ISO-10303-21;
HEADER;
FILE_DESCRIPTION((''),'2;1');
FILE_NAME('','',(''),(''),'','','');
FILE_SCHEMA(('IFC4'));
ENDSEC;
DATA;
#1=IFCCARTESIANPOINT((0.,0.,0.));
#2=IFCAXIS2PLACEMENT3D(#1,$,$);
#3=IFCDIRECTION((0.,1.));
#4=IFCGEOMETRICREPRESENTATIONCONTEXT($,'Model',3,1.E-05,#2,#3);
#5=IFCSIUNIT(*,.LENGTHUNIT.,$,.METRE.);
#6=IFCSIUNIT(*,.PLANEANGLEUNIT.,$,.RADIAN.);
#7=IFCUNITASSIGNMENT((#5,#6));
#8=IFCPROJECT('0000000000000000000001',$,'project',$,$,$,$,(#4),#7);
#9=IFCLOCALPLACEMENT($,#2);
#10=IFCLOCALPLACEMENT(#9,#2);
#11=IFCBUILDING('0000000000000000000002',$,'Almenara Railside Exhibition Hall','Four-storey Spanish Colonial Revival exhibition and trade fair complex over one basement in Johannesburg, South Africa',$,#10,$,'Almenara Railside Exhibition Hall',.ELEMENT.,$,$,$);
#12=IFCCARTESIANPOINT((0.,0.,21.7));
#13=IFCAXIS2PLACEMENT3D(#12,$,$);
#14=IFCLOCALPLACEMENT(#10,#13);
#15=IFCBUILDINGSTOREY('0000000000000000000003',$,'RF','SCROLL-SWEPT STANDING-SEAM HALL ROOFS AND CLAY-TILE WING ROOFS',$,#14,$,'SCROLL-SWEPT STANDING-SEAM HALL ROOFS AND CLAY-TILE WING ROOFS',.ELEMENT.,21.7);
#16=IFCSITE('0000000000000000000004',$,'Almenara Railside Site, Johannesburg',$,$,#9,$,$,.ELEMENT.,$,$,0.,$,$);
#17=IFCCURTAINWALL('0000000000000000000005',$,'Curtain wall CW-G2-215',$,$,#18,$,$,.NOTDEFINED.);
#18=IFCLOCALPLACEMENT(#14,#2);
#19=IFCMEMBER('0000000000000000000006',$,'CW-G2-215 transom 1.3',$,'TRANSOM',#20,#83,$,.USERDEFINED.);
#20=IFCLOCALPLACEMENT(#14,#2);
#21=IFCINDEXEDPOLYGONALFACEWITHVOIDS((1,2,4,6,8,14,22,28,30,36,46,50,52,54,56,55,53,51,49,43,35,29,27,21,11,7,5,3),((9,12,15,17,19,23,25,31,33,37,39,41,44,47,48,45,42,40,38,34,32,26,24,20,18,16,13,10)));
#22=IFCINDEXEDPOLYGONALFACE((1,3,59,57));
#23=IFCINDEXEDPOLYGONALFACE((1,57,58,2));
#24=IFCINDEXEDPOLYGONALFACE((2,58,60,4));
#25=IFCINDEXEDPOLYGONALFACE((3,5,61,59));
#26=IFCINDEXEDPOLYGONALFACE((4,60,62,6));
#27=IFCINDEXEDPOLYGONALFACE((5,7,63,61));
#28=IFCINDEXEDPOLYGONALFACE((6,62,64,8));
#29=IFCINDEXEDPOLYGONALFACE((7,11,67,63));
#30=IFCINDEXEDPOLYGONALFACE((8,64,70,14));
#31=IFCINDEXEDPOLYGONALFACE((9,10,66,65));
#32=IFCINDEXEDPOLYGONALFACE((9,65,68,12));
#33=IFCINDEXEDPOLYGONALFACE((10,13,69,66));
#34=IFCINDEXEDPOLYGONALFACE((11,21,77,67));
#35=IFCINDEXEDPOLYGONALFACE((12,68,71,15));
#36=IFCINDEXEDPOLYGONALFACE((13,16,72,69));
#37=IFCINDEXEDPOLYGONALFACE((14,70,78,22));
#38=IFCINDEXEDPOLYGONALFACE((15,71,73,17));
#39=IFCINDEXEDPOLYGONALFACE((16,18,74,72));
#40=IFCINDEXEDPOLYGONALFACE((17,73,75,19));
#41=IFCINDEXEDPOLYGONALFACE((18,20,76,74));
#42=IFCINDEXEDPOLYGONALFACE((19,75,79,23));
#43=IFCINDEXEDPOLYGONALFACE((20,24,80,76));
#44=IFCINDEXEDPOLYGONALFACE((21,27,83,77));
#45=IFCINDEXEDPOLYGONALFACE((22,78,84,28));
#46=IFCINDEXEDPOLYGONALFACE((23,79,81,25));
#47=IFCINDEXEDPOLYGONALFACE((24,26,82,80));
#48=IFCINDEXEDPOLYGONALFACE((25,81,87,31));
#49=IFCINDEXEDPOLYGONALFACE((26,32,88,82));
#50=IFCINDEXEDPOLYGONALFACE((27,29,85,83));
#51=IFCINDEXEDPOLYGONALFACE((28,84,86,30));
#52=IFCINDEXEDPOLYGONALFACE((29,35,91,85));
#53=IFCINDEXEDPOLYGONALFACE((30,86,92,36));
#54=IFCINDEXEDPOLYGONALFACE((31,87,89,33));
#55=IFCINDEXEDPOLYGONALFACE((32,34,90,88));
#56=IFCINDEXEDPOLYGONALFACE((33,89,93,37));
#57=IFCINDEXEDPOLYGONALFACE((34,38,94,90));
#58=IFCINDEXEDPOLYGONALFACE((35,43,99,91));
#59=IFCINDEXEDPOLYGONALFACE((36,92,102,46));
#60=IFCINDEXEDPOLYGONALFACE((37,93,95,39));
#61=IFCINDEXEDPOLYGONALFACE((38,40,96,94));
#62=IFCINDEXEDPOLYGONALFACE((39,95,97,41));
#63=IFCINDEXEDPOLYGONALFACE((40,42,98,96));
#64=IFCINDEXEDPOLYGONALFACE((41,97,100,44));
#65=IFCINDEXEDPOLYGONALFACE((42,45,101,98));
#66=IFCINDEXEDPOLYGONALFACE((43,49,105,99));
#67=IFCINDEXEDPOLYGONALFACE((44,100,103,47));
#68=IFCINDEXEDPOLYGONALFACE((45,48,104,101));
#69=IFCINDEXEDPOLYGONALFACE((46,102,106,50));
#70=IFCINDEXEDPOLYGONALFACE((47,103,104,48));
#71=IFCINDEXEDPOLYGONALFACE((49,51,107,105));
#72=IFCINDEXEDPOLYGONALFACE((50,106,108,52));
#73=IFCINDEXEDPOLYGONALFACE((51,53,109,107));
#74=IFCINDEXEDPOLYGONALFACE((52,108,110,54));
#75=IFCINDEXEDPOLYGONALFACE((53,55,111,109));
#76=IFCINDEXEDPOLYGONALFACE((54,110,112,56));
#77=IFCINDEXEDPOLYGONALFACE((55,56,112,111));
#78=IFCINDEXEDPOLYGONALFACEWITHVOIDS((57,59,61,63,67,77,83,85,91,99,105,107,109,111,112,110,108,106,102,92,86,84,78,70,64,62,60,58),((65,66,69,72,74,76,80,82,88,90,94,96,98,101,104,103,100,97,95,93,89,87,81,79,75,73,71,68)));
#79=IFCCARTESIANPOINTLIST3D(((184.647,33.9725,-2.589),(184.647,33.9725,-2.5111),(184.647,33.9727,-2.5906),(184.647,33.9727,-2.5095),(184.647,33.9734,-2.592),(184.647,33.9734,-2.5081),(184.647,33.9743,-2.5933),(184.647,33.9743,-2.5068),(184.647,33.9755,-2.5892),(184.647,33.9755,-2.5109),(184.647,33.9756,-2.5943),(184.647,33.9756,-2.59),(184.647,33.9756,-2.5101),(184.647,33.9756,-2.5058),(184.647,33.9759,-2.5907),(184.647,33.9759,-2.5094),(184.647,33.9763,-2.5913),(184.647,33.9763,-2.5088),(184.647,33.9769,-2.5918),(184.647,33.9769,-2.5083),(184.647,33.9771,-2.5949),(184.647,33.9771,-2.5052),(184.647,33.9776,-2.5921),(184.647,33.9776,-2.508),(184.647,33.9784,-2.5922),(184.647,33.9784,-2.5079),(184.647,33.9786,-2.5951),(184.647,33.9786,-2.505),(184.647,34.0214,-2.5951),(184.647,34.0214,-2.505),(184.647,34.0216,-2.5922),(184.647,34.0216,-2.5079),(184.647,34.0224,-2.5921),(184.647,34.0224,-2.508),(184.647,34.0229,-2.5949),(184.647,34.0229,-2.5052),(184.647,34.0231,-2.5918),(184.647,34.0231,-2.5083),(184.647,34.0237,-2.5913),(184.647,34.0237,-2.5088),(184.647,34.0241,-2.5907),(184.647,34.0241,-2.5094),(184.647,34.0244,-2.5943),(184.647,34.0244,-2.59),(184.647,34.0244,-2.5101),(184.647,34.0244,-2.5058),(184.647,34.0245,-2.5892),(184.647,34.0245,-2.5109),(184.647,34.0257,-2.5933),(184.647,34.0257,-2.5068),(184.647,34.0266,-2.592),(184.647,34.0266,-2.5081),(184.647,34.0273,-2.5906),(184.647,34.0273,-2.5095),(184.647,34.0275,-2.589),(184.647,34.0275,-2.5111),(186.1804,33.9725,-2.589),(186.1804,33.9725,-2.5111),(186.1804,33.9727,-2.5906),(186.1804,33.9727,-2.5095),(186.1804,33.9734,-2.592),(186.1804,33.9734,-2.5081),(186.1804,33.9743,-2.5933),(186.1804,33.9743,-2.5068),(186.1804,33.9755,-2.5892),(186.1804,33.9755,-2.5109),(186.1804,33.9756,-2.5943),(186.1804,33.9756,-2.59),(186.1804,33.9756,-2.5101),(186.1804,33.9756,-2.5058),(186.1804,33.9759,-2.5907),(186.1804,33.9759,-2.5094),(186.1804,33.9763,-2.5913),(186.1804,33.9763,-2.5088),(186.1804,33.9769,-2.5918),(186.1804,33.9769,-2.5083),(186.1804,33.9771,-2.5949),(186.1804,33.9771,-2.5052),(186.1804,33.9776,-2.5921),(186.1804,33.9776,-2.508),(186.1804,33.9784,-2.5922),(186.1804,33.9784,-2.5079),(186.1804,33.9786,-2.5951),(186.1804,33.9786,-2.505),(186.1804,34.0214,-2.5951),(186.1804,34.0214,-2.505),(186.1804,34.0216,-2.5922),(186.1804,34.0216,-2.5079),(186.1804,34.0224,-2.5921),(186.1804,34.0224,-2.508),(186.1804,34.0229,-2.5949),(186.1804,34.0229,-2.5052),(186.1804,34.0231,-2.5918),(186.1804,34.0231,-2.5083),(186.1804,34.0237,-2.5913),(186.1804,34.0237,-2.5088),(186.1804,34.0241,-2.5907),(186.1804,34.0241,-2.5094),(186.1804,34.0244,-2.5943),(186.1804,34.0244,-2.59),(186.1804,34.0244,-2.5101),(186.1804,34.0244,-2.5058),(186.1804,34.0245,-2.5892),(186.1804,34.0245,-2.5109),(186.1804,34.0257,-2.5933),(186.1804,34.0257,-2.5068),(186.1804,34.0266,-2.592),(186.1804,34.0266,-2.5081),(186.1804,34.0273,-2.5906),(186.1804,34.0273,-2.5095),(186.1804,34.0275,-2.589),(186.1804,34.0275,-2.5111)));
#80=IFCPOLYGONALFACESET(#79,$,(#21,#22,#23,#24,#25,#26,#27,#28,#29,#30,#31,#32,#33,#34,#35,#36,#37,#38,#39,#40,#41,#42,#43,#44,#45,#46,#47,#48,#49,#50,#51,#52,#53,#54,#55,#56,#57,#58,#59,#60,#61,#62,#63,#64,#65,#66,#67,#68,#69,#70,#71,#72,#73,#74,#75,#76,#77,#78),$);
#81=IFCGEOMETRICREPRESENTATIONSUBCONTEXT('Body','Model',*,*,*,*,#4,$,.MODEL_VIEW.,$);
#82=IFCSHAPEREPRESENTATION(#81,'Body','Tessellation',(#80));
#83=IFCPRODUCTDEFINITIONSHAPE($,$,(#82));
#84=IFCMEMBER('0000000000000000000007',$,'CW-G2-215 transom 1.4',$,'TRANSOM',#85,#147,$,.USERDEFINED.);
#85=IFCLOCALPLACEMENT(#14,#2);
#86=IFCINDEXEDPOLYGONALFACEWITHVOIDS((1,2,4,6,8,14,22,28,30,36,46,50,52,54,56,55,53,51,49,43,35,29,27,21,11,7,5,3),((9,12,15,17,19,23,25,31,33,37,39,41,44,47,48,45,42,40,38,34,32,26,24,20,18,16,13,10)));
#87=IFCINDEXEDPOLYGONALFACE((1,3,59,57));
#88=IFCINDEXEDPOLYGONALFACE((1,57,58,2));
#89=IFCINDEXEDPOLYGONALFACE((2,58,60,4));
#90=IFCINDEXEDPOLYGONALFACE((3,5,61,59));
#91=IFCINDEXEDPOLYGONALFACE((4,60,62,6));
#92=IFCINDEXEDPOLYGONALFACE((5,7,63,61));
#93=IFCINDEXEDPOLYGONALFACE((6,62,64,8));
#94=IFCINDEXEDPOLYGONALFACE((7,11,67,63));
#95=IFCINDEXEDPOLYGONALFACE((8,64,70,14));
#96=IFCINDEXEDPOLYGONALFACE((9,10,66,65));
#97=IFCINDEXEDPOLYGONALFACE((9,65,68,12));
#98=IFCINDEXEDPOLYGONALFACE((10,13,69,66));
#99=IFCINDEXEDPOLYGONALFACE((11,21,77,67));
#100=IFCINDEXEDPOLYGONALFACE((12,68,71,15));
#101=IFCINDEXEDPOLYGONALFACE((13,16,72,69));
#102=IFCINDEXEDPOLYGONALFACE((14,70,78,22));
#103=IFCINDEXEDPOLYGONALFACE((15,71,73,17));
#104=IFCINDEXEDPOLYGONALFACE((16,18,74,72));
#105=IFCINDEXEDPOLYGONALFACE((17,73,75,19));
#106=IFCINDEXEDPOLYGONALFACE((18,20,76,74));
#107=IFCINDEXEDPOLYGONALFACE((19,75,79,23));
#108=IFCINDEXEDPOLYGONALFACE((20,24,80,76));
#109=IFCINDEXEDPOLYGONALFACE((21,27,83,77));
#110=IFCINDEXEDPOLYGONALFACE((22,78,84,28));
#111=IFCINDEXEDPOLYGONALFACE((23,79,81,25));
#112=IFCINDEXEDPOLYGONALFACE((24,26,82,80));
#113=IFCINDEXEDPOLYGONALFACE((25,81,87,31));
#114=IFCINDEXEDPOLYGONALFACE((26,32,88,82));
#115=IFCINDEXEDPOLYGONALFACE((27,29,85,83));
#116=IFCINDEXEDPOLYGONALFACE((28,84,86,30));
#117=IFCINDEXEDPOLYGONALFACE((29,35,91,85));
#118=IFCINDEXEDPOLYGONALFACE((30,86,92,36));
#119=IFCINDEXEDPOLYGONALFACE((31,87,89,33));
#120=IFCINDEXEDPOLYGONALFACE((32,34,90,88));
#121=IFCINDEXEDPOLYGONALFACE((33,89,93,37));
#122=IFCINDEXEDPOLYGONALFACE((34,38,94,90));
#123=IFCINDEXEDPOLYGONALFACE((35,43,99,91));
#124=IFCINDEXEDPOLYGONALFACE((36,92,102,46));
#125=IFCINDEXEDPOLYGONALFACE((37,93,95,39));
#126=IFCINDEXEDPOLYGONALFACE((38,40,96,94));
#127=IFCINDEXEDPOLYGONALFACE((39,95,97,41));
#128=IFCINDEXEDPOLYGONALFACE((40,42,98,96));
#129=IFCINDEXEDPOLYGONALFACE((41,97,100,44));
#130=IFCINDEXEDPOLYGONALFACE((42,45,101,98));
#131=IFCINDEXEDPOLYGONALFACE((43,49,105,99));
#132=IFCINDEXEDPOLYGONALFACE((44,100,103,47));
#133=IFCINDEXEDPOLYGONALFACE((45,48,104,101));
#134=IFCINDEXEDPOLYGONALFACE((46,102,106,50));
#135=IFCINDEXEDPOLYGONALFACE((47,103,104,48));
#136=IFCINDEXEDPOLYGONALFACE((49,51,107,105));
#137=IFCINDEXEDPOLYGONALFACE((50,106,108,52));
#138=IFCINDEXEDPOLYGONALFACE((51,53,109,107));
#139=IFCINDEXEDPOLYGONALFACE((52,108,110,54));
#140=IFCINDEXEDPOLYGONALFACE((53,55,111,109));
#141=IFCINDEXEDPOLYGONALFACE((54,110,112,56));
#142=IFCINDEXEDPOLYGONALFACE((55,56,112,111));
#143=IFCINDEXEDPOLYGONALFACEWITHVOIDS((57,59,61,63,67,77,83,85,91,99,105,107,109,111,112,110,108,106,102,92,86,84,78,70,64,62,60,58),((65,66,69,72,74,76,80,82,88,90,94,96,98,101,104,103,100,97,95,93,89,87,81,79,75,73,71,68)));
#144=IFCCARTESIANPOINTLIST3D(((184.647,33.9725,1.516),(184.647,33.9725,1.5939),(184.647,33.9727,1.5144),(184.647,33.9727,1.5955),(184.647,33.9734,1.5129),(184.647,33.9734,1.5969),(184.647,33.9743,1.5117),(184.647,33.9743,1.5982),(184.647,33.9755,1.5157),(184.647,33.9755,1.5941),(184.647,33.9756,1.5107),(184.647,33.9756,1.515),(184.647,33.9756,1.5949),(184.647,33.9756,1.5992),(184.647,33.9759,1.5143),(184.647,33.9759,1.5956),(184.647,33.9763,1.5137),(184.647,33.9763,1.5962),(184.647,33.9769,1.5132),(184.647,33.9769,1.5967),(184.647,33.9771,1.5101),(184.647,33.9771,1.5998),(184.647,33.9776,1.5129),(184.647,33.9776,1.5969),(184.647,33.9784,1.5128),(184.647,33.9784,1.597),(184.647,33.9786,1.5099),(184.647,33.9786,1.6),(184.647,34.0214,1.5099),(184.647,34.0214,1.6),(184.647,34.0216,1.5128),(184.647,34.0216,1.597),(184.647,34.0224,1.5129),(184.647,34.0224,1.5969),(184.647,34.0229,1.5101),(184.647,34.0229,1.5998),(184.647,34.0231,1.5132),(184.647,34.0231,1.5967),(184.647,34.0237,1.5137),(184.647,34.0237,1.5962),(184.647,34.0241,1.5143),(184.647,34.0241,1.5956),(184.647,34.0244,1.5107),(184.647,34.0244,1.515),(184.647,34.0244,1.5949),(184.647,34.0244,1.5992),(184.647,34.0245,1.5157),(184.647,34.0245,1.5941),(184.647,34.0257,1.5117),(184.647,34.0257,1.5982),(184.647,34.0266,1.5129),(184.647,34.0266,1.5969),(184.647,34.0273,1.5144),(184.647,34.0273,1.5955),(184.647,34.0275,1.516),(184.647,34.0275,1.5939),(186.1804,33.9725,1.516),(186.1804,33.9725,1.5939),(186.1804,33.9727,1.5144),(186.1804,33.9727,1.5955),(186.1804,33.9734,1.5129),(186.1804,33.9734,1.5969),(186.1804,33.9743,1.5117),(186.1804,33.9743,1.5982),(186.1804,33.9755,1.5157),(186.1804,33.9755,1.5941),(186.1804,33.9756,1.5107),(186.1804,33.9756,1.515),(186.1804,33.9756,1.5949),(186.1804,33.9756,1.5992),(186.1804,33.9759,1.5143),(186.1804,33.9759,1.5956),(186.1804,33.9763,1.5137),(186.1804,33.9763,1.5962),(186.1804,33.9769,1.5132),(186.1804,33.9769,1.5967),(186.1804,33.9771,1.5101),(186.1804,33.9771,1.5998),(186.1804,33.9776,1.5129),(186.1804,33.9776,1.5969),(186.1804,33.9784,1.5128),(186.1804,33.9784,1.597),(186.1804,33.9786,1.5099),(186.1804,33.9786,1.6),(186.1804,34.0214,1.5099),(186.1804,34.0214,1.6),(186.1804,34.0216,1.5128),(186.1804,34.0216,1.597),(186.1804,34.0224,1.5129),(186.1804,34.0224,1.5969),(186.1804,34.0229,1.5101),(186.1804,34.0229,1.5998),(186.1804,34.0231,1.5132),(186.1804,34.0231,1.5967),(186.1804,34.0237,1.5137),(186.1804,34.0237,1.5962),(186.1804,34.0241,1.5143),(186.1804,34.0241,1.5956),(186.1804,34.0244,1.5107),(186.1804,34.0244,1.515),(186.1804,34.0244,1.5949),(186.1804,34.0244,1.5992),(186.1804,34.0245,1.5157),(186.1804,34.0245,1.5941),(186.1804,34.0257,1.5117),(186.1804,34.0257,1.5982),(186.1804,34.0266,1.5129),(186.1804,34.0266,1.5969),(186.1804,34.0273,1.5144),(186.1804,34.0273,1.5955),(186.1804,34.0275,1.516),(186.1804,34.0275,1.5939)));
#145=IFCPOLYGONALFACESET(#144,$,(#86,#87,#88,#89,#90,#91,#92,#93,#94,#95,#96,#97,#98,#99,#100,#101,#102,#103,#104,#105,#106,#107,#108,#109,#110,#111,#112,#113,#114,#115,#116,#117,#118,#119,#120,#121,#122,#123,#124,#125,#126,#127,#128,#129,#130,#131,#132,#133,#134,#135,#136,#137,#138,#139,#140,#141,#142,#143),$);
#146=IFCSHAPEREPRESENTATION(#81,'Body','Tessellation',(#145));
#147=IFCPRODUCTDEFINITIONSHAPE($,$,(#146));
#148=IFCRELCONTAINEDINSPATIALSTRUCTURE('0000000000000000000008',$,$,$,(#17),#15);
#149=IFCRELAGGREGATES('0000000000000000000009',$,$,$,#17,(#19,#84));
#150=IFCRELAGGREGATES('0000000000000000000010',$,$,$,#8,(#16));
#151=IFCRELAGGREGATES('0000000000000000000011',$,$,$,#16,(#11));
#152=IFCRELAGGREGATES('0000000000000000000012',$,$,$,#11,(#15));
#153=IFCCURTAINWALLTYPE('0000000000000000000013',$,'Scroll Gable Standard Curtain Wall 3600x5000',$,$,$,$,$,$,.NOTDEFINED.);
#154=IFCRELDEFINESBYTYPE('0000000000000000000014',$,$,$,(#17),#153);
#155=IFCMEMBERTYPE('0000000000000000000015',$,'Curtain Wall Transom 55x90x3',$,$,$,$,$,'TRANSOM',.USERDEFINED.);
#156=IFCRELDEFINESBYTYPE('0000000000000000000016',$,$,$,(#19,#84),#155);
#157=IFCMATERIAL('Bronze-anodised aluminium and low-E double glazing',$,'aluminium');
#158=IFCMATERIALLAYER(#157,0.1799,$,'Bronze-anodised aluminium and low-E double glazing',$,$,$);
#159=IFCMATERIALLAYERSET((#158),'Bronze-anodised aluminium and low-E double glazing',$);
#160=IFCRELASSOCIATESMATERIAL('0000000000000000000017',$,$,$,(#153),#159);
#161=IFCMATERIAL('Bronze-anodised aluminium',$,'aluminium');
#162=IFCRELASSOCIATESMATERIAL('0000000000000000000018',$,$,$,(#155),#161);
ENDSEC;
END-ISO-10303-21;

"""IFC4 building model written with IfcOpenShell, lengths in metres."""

from ifc_helpers import new_model, si_unit, direction, frame, origin, origin_2d, place, context, subcontext, project, spatial, hollow_rectangle, extrude, material, layer, layer_set, material_profile, profile_set, type_object, element, aggregate, save


model = new_model("IFC4")

# Units and contexts
model_context = context("Model", 3, precision=1e-05, world=origin(), true_north=direction((0.0, 1.0)))
body_context = subcontext(model_context, "Body", "Model", "MODEL_VIEW")
ifc_project = project(units=[si_unit("LENGTHUNIT", "METRE"), si_unit("PLANEANGLEUNIT", "RADIAN")], contexts=[model_context])

# Site, building, storey
site_placement = place(None, origin())
site = spatial("IfcSite", under=ifc_project, at=site_placement, Name="Almenara Railside Site, Johannesburg", CompositionType="ELEMENT", RefElevation=0.0)
building_placement = place(site_placement, origin())
building = spatial("IfcBuilding", under=site, at=building_placement, Name="Almenara Railside Exhibition Hall", Description="Four-storey Spanish Colonial Revival exhibition and trade fair complex over one basement in Johannesburg, South Africa", LongName="Almenara Railside Exhibition Hall", CompositionType="ELEMENT")
storey_placement = place(building_placement, frame((0.0, 0.0, 21.7)))
storey = spatial("IfcBuildingStorey", under=building, at=storey_placement, Name="RF", Description="SCROLL-SWEPT STANDING-SEAM HALL ROOFS AND CLAY-TILE WING ROOFS", LongName="SCROLL-SWEPT STANDING-SEAM HALL ROOFS AND CLAY-TILE WING ROOFS", CompositionType="ELEMENT", Elevation=21.7)

# Curtain wall, members
ifc_material_1 = material(Name="Bronze-anodised aluminium and low-E double glazing", Category="aluminium")
ifc_layer_1 = layer(ifc_material_1, 0.1799, Name="Bronze-anodised aluminium and low-E double glazing")
ifc_layer_set_1 = layer_set([ifc_layer_1], Name="Bronze-anodised aluminium and low-E double glazing")
curtain_wall_type = type_object("IfcCurtainWallType", Name="Scroll Gable Standard Curtain Wall 3600x5000", PredefinedType="NOTDEFINED", material=ifc_layer_set_1)
curtain_wall_placement = place(storey_placement, origin())
curtain_wall = element("IfcCurtainWall", 1, at=curtain_wall_placement, inside=storey, type_object=curtain_wall_type, Name="Curtain wall CW-G2-215", PredefinedType="NOTDEFINED")
ifc_material_2 = material(Name="Bronze-anodised aluminium", Category="aluminium")
ifc_material_profile_1 = material_profile(ifc_material_2, hollow_rectangle(XDim=0.0549, YDim=0.0901, WallThickness=0.0029, InnerFilletRadius=0.0029, OuterFilletRadius=0.0061, at=origin_2d()), Name="ALU-TRN 55x90x3")
ifc_profile_set_1 = profile_set([ifc_material_profile_1], Name="Bronze-anodised aluminium")
member_type_1 = type_object("IfcMemberType", Name="Curtain Wall Transom 55x90x3", ElementType="TRANSOM", PredefinedType="USERDEFINED", material=ifc_profile_set_1)
member_1_placement = place(storey_placement, frame((184.647, 34.0, -2.55), z_axis=(1.0, 0.0, 0.0), x_axis=(0.0, 1.0, 0.0)))
member_1 = element("IfcMember", 2, at=member_1_placement, type_object=member_type_1, Name="CW-G2-215 transom 1.3", ObjectType="TRANSOM", PredefinedType="USERDEFINED", context=body_context, shape_type="SweptSolid", body=[
    extrude(hollow_rectangle(XDim=0.0549, YDim=0.0901, WallThickness=0.0029, InnerFilletRadius=0.0029, OuterFilletRadius=0.0061, at=origin_2d()), origin(), (0.0, 0.0, 1.0), 1.5334),
])
member_2_placement = place(storey_placement, frame((184.647, 34.0, 1.5549), z_axis=(1.0, 0.0, 0.0), x_axis=(0.0, 1.0, 0.0)))
member_2 = element("IfcMember", 3, at=member_2_placement, type_object=member_type_1, Name="CW-G2-215 transom 1.4", ObjectType="TRANSOM", PredefinedType="USERDEFINED", context=body_context, shape_type="SweptSolid", body=[
    extrude(hollow_rectangle(XDim=0.0549, YDim=0.0901, WallThickness=0.0029, InnerFilletRadius=0.0029, OuterFilletRadius=0.0061, at=origin_2d()), origin(), (0.0, 0.0, 1.0), 1.5334),
])

aggregate(curtain_wall, [member_1, member_2])

save(model, "model.ifc")
